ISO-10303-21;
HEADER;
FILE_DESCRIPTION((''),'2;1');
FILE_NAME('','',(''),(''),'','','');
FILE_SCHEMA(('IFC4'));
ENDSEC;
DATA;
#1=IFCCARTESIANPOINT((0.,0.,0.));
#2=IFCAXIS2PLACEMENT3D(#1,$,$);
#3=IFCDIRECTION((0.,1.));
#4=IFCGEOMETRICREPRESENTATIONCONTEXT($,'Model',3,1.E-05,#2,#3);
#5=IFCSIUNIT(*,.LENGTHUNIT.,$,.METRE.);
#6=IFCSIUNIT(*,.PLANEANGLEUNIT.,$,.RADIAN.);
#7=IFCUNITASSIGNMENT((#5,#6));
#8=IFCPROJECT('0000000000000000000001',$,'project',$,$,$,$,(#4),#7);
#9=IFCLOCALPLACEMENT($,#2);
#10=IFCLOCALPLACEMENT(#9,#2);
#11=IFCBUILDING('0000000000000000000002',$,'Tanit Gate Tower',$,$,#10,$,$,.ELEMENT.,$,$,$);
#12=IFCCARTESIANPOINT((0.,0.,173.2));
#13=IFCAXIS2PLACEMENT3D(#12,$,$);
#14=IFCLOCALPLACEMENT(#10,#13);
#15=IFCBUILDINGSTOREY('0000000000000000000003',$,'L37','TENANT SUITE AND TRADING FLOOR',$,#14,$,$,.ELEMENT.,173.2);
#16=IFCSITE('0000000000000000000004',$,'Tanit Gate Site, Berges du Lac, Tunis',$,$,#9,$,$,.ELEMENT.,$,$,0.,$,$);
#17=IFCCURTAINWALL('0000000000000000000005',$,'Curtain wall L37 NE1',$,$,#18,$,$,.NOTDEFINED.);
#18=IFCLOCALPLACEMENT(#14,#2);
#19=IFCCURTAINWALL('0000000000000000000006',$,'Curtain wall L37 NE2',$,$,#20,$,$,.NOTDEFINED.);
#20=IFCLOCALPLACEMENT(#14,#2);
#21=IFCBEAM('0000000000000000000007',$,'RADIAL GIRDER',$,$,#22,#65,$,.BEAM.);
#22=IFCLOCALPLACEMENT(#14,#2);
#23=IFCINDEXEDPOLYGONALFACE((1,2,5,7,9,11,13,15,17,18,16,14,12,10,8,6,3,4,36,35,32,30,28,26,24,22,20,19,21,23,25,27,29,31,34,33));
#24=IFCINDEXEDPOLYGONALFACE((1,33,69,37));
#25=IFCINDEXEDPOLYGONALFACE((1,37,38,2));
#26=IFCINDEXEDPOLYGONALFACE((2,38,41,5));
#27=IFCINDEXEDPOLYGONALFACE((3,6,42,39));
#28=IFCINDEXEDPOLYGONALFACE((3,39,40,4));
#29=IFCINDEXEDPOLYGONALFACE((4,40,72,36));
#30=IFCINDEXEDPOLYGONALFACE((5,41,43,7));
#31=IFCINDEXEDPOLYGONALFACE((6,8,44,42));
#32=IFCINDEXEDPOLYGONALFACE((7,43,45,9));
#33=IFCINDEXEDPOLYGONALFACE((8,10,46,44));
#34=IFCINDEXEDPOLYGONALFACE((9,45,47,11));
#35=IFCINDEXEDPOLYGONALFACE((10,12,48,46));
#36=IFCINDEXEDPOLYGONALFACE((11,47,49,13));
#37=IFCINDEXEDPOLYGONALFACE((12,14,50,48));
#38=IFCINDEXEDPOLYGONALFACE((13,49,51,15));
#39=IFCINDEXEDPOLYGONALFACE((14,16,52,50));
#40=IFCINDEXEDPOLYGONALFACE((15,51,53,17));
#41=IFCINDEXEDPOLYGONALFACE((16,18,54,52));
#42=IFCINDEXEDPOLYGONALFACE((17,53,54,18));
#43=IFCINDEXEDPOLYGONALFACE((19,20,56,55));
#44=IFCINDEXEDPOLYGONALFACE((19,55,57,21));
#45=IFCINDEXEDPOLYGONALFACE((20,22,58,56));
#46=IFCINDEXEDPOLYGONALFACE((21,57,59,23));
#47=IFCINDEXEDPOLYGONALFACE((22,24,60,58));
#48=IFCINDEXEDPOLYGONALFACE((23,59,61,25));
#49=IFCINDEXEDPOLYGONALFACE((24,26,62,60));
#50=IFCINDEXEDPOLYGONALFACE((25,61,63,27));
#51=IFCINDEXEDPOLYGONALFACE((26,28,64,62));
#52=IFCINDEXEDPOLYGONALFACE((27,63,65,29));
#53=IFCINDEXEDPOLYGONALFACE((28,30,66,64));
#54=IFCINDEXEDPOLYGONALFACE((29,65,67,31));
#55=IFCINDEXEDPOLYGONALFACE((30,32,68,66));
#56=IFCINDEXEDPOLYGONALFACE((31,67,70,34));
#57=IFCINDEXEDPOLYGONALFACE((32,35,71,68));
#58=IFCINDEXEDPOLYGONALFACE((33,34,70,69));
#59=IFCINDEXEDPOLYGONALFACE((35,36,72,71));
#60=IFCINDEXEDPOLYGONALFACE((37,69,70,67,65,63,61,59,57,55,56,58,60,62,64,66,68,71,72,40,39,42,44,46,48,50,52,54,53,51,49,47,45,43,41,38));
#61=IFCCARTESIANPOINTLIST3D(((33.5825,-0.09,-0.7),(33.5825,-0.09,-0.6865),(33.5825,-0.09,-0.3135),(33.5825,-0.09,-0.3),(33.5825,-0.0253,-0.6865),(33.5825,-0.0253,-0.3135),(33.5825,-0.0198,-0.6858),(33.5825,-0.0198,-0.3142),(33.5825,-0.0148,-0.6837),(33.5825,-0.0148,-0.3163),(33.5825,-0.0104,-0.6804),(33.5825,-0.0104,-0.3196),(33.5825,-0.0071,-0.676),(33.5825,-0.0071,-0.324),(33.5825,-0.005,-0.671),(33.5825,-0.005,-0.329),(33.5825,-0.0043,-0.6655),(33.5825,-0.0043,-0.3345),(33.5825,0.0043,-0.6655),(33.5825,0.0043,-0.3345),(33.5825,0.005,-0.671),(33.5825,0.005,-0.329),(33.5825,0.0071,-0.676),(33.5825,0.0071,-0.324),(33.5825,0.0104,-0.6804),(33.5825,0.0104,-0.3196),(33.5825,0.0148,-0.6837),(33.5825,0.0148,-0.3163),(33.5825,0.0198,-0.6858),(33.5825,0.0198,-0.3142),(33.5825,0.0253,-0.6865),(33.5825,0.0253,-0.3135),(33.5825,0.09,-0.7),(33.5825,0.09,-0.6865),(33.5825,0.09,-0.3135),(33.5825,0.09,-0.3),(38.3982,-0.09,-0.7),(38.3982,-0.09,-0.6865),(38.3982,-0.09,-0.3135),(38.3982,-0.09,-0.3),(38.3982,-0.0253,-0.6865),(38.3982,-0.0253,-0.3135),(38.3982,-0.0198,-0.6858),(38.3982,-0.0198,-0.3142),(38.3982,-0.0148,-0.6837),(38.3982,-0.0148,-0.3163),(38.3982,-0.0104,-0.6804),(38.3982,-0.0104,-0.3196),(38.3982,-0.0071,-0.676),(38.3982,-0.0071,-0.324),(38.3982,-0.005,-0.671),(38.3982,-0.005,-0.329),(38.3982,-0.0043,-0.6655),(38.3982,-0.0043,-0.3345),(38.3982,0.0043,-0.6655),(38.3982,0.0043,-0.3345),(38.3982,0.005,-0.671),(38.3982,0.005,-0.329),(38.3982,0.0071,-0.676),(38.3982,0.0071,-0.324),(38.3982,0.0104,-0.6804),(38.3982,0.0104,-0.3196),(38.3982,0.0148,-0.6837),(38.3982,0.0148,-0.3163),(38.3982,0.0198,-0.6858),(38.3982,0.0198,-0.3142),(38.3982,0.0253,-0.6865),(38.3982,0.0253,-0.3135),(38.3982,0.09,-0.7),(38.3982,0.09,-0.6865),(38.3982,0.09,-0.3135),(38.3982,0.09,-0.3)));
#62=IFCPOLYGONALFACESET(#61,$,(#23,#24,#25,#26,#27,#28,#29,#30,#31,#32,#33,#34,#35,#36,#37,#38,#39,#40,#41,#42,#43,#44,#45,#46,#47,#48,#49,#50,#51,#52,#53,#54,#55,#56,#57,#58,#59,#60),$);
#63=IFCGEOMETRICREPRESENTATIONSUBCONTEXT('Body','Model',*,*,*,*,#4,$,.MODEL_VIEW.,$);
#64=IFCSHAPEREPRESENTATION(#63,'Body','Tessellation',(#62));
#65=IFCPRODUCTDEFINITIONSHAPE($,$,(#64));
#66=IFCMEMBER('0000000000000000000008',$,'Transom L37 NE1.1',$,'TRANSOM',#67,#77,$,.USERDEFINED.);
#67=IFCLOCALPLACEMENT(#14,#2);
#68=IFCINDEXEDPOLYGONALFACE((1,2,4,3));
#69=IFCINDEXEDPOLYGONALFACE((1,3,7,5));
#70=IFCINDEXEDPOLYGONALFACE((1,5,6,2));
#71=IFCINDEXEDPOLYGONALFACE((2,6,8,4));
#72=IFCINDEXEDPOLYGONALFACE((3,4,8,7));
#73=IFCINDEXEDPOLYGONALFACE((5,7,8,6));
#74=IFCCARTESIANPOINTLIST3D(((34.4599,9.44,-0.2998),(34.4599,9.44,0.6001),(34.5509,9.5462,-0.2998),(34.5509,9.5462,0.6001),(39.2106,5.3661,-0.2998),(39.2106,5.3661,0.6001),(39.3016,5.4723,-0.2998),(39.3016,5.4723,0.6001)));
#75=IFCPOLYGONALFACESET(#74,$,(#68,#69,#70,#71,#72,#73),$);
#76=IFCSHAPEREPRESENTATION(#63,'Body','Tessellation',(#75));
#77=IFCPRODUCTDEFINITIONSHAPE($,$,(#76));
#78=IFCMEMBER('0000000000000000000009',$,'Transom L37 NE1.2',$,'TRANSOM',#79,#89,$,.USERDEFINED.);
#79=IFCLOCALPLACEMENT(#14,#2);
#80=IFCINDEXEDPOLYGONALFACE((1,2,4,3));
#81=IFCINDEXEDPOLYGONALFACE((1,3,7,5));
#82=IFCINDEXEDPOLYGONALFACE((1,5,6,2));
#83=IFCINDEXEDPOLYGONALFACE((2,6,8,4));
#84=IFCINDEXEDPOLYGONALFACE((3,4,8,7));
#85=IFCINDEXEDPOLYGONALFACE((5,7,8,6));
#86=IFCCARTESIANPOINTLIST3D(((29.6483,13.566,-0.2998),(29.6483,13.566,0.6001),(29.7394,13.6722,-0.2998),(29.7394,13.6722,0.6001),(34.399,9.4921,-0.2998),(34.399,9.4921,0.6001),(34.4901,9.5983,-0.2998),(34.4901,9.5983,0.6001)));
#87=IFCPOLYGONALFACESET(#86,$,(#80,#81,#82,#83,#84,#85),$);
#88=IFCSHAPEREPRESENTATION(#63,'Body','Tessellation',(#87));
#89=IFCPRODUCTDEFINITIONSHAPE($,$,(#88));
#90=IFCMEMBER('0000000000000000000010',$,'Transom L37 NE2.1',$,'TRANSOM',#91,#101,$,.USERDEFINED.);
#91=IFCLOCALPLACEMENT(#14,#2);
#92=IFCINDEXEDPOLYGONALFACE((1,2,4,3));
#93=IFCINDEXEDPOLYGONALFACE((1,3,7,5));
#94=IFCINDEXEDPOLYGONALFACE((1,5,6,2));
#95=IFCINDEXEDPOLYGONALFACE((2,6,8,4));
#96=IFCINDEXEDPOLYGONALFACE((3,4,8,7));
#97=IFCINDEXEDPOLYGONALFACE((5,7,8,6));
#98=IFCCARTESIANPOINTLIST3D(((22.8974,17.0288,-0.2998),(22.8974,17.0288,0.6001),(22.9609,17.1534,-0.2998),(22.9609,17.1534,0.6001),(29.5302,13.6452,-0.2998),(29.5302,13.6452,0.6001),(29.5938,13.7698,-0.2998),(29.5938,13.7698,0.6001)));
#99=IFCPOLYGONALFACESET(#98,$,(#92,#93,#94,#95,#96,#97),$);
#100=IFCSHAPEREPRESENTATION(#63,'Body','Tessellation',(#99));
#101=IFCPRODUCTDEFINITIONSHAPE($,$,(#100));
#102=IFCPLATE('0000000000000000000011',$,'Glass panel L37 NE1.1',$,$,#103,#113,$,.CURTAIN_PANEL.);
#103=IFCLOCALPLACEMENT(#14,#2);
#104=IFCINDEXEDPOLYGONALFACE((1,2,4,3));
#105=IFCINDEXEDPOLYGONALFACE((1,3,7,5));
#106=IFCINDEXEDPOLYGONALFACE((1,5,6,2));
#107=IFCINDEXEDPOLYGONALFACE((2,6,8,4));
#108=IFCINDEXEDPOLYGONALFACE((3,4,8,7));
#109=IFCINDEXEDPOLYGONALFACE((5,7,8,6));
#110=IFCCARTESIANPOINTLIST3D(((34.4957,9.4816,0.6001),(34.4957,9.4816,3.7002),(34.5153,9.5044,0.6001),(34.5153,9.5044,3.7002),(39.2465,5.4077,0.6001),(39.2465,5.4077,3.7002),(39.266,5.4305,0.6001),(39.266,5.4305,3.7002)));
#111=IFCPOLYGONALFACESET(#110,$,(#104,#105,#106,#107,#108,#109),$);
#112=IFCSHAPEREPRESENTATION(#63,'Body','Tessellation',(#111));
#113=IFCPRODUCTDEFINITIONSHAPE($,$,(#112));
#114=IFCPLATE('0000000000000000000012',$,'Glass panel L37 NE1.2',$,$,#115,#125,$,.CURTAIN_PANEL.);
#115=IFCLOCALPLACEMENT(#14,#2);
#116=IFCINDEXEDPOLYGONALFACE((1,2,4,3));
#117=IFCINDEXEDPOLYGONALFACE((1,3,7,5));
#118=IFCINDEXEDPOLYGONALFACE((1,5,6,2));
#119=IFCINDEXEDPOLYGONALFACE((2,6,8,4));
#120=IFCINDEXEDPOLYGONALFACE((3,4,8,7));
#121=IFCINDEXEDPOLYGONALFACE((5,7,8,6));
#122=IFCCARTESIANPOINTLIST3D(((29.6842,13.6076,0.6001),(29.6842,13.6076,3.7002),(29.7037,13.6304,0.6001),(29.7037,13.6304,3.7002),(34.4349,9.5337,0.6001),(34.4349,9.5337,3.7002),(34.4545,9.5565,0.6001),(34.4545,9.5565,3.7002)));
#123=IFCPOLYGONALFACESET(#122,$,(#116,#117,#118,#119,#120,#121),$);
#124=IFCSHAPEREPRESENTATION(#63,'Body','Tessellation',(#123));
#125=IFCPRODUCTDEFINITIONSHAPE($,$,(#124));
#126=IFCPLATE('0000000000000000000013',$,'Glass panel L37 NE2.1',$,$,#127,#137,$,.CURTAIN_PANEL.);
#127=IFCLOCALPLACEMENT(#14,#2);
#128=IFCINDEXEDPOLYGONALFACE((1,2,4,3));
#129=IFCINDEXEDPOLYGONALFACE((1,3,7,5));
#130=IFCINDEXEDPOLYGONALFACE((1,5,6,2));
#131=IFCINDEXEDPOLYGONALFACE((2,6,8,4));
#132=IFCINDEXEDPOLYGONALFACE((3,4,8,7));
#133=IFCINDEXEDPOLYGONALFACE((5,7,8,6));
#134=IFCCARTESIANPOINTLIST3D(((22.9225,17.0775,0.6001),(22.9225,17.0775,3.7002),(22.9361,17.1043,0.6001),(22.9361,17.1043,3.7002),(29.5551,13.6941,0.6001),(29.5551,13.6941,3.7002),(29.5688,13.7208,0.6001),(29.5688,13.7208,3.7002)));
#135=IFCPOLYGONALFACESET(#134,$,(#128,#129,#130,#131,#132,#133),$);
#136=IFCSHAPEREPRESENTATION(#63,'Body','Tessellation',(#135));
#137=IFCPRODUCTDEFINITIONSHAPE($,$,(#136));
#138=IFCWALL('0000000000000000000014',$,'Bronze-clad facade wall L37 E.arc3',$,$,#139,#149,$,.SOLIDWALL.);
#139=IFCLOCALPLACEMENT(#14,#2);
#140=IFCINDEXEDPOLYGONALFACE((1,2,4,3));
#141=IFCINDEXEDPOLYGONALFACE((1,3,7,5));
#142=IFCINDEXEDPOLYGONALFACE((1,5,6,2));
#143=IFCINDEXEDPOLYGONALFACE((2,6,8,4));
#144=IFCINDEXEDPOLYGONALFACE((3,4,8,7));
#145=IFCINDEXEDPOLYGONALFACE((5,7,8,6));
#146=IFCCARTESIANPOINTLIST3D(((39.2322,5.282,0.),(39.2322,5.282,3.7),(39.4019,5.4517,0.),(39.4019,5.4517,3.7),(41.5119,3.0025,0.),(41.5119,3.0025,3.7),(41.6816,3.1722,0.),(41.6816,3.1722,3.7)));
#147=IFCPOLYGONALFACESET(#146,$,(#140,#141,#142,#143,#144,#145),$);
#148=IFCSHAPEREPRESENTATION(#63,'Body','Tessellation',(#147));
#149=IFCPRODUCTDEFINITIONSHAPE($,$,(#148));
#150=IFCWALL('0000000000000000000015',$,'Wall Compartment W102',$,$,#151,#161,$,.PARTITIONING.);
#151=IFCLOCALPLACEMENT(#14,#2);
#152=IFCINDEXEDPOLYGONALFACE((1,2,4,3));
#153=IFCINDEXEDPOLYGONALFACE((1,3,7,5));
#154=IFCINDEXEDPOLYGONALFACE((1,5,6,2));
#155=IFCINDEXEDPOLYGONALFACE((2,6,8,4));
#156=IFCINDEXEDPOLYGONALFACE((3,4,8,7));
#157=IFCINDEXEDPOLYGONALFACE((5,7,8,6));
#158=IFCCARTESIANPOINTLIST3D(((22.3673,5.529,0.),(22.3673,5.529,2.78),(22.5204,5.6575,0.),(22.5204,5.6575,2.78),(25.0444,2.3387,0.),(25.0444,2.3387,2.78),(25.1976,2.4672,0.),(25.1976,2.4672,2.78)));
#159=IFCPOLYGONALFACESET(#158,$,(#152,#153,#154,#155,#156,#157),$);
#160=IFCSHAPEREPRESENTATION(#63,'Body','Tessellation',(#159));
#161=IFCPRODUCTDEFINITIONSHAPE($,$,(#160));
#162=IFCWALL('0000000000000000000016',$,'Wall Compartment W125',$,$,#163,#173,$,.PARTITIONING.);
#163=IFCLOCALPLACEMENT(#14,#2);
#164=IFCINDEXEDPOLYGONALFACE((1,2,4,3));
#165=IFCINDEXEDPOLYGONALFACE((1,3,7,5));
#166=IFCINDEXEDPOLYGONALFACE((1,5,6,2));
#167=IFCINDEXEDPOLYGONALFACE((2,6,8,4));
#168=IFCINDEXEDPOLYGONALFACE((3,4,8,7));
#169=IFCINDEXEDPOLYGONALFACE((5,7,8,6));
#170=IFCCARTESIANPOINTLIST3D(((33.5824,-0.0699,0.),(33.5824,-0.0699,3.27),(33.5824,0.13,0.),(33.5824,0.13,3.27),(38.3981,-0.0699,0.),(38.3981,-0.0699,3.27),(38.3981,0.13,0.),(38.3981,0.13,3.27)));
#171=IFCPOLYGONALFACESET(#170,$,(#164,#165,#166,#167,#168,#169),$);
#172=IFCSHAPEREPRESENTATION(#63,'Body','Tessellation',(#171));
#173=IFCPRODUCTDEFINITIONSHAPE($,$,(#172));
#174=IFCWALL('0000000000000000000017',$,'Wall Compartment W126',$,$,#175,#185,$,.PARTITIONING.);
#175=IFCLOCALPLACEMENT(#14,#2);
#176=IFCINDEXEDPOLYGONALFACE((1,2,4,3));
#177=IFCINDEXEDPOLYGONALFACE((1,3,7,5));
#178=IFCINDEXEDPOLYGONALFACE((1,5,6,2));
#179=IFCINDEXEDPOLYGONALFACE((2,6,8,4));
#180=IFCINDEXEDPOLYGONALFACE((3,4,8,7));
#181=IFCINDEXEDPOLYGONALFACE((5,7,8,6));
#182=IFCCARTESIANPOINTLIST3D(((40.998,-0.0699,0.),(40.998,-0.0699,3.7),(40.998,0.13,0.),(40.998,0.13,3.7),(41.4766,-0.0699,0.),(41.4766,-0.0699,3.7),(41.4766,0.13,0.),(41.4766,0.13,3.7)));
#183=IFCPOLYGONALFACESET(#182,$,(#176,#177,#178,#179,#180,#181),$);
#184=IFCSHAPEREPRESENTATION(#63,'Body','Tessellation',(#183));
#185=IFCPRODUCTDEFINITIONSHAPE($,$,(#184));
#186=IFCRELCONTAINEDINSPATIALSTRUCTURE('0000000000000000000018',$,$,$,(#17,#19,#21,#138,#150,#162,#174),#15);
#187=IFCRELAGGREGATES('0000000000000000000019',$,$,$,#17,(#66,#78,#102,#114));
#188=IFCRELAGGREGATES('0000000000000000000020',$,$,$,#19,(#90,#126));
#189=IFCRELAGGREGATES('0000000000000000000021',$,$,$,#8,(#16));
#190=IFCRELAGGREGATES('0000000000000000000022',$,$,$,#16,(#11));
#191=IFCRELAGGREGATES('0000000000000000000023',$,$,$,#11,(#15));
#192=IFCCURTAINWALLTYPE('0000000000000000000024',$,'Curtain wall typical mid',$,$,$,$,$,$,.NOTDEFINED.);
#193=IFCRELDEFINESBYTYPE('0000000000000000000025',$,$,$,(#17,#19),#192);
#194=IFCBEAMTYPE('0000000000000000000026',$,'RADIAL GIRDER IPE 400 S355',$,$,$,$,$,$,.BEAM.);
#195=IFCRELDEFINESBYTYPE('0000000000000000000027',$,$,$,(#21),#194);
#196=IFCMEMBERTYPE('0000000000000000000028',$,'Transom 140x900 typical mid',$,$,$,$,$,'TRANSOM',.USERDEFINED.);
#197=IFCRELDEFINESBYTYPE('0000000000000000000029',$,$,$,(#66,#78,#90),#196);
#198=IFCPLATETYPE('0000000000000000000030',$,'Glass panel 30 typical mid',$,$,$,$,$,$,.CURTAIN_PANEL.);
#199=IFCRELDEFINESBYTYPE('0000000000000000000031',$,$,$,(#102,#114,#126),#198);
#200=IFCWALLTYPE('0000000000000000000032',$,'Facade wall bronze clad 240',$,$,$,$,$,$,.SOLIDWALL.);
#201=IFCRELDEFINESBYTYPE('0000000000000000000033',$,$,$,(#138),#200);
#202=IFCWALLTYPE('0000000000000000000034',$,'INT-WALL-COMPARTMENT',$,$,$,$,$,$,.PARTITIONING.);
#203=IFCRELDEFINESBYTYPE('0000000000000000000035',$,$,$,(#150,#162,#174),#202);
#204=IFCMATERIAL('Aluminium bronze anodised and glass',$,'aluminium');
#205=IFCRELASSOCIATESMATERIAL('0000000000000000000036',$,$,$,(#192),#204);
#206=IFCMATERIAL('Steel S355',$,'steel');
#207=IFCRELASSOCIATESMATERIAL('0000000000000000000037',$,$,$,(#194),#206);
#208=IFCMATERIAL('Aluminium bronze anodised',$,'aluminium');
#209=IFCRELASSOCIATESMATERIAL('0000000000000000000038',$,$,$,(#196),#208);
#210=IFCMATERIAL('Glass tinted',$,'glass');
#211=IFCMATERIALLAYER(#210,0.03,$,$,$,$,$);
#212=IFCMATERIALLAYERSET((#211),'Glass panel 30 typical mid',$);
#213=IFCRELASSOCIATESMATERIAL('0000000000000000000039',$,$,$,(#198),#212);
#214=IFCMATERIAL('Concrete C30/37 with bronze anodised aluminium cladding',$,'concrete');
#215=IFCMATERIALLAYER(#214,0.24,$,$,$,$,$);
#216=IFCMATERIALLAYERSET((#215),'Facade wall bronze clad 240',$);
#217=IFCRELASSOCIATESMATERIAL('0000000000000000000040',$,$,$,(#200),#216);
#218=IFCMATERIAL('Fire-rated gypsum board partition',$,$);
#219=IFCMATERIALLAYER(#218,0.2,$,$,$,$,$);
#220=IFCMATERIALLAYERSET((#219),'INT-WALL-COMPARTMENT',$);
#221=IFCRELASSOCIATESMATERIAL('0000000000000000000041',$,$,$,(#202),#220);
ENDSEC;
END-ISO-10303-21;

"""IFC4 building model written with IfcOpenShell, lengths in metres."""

from ifc_helpers import new_model, si_unit, direction, frame, frame_2d, origin, origin_2d, place, context, subcontext, project, spatial, rectangle, i_section, extrude, material, layer, layer_set, material_profile, profile_set, type_object, element, aggregate, save


model = new_model("IFC4")

# Units and contexts
model_context = context("Model", 3, precision=1e-05, world=origin(), true_north=direction((0.0, 1.0)))
body_context = subcontext(model_context, "Body", "Model", "MODEL_VIEW")
ifc_project = project(units=[si_unit("LENGTHUNIT", "METRE"), si_unit("PLANEANGLEUNIT", "RADIAN")], contexts=[model_context])

# Site, building, storey
site_placement = place(None, origin())
site = spatial("IfcSite", under=ifc_project, at=site_placement, Name="Tanit Gate Site, Berges du Lac, Tunis", CompositionType="ELEMENT", RefElevation=0.0)
building_placement = place(site_placement, origin())
building = spatial("IfcBuilding", under=site, at=building_placement, Name="Tanit Gate Tower", CompositionType="ELEMENT")
storey_placement = place(building_placement, frame((0.0, 0.0, 173.2)))
storey = spatial("IfcBuildingStorey", under=building, at=storey_placement, Name="L37", Description="TENANT SUITE AND TRADING FLOOR", CompositionType="ELEMENT", Elevation=173.2)

# Curtain walls
ifc_material_1 = material(Name="Aluminium bronze anodised and glass", Category="aluminium")
curtain_wall_type = type_object("IfcCurtainWallType", Name="Curtain wall typical mid", PredefinedType="NOTDEFINED", material=ifc_material_1)
curtain_wall_1_placement = place(storey_placement, origin())
curtain_wall_1 = element("IfcCurtainWall", 1, at=curtain_wall_1_placement, inside=storey, type_object=curtain_wall_type, Name="Curtain wall L37 NE1", PredefinedType="NOTDEFINED")
curtain_wall_2_placement = place(storey_placement, origin())
curtain_wall_2 = element("IfcCurtainWall", 2, at=curtain_wall_2_placement, inside=storey, type_object=curtain_wall_type, Name="Curtain wall L37 NE2", PredefinedType="NOTDEFINED")

# Beam
ifc_material_2 = material(Name="Steel S355", Category="steel")
ifc_material_profile_1 = material_profile(ifc_material_2, i_section(OverallWidth=0.1799, OverallDepth=0.3999, WebThickness=0.0085, FlangeThickness=0.0134, FilletRadius=0.021, at=origin_2d()), Name="IPE 400")
ifc_profile_set_1 = profile_set([ifc_material_profile_1], Name="Steel S355")
beam_type_1 = type_object("IfcBeamType", Name="RADIAL GIRDER IPE 400 S355", PredefinedType="BEAM", material=ifc_profile_set_1)
beam_1_placement = place(storey_placement, frame((38.3982, 0.0, -0.5), z_axis=(-1.0, 0.0, 0.0), x_axis=(0.0, -1.0, 0.0)))
element("IfcBeam", 3, at=beam_1_placement, inside=storey, type_object=beam_type_1, Name="RADIAL GIRDER", PredefinedType="BEAM", context=body_context, shape_type="SweptSolid", body=[
    extrude(i_section(OverallWidth=0.1799, OverallDepth=0.3999, WebThickness=0.0085, FlangeThickness=0.0134, FilletRadius=0.021, at=origin_2d()), origin(), (0.0, 0.0, 1.0), 4.8157),
])

# Members
ifc_material_3 = material(Name="Aluminium bronze anodised", Category="aluminium")
ifc_material_profile_2 = material_profile(ifc_material_3, rectangle(XDim=0.1399, YDim=0.8999, at=origin_2d()), Name="140x900 bronze transom")
ifc_profile_set_2 = profile_set([ifc_material_profile_2], Name="Aluminium bronze anodised")
member_type_1 = type_object("IfcMemberType", Name="Transom 140x900 typical mid", ElementType="TRANSOM", PredefinedType="USERDEFINED", material=ifc_profile_set_2)
member_1_placement = place(storey_placement, frame((39.2561, 5.4192, 0.1501), z_axis=(-0.759105, 0.650968, 0.0), x_axis=(-0.650968, -0.759105, 0.0)))
member_1 = element("IfcMember", 4, at=member_1_placement, type_object=member_type_1, Name="Transom L37 NE1.1", ObjectType="TRANSOM", PredefinedType="USERDEFINED", context=body_context, shape_type="SweptSolid", body=[
    extrude(rectangle(XDim=0.1399, YDim=0.8999, at=origin_2d()), origin(), (0.0, 0.0, 1.0), 6.2583),
])
member_2_placement = place(storey_placement, frame((34.4446, 9.5452, 0.1501), z_axis=(-0.759105, 0.650968, 0.0), x_axis=(-0.650968, -0.759105, 0.0)))
member_2 = element("IfcMember", 5, at=member_2_placement, type_object=member_type_1, Name="Transom L37 NE1.2", ObjectType="TRANSOM", PredefinedType="USERDEFINED", context=body_context, shape_type="SweptSolid", body=[
    extrude(rectangle(XDim=0.1399, YDim=0.8999, at=origin_2d()), origin(), (0.0, 0.0, 1.0), 6.2583),
])
member_3_placement = place(storey_placement, frame((29.562, 13.7075, 0.1501), z_axis=(-0.890791, 0.454412, 0.0), x_axis=(-0.454412, -0.890791, 0.0)))
member_3 = element("IfcMember", 6, at=member_3_placement, type_object=member_type_1, Name="Transom L37 NE2.1", ObjectType="TRANSOM", PredefinedType="USERDEFINED", context=body_context, shape_type="SweptSolid", body=[
    extrude(rectangle(XDim=0.1399, YDim=0.8999, at=origin_2d()), origin(), (0.0, 0.0, 1.0), 7.446),
])

# Plates
ifc_material_4 = material(Name="Glass tinted", Category="glass")
ifc_layer_1 = layer(ifc_material_4, 0.03)
ifc_layer_set_1 = layer_set([ifc_layer_1], Name="Glass panel 30 typical mid")
plate_type = type_object("IfcPlateType", Name="Glass panel 30 typical mid", PredefinedType="CURTAIN_PANEL", material=ifc_layer_set_1)
plate_1_placement = place(storey_placement, frame((36.8809, 7.4561, 0.6001), z_axis=(0.0, 0.0, 1.0), x_axis=(-0.759109, 0.650963, 0.0)))
plate_1 = element("IfcPlate", 7, at=plate_1_placement, type_object=plate_type, Name="Glass panel L37 NE1.1", PredefinedType="CURTAIN_PANEL", context=body_context, shape_type="SweptSolid", body=[
    extrude(rectangle(XDim=6.2583, YDim=0.03, at=origin_2d()), origin(), (0.0, 0.0, 1.0), 3.1001),
])
plate_2_placement = place(storey_placement, frame((32.0693, 11.582, 0.6001), z_axis=(0.0, 0.0, 1.0), x_axis=(-0.759109, 0.650963, 0.0)))
plate_2 = element("IfcPlate", 8, at=plate_2_placement, type_object=plate_type, Name="Glass panel L37 NE1.2", PredefinedType="CURTAIN_PANEL", context=body_context, shape_type="SweptSolid", body=[
    extrude(rectangle(XDim=6.2583, YDim=0.03, at=origin_2d()), origin(), (0.0, 0.0, 1.0), 3.1001),
])
aggregate(curtain_wall_1, [member_1, member_2, plate_1, plate_2])
plate_3_placement = place(storey_placement, frame((26.2456, 15.3992, 0.6001), z_axis=(0.0, 0.0, 1.0), x_axis=(-0.890792, 0.454411, 0.0)))
plate_3 = element("IfcPlate", 9, at=plate_3_placement, type_object=plate_type, Name="Glass panel L37 NE2.1", PredefinedType="CURTAIN_PANEL", context=body_context, shape_type="SweptSolid", body=[
    extrude(rectangle(XDim=7.4458, YDim=0.03, at=origin_2d()), origin(), (0.0, 0.0, 1.0), 3.1001),
])
aggregate(curtain_wall_2, [member_3, plate_3])

# Walls
ifc_material_5 = material(Name="Concrete C30/37 with bronze anodised aluminium cladding", Category="concrete")
ifc_layer_2 = layer(ifc_material_5, 0.24)
ifc_layer_set_2 = layer_set([ifc_layer_2], Name="Facade wall bronze clad 240")
wall_type_1 = type_object("IfcWallType", Name="Facade wall bronze clad 240", PredefinedType="SOLIDWALL", material=ifc_layer_set_2)
wall_1_placement = place(storey_placement, frame((41.5967, 3.0874, 0.0), z_axis=(0.0, 0.0, 1.0), x_axis=(-0.707145, 0.707069, 0.0)))
element("IfcWall", 10, at=wall_1_placement, inside=storey, type_object=wall_type_1, Name="Bronze-clad facade wall L37 E.arc3", PredefinedType="SOLIDWALL", context=body_context, shape_type="SweptSolid", body=[
    extrude(rectangle(XDim=3.2239, YDim=0.24, at=frame_2d((1.6118, 0.0))), origin(), (0.0, 0.0, 1.0), 3.7),
])
ifc_material_6 = material(Name="Fire-rated gypsum board partition")
ifc_layer_3 = layer(ifc_material_6, 0.2)
ifc_layer_set_3 = layer_set([ifc_layer_3], Name="INT-WALL-COMPARTMENT")
wall_type_2 = type_object("IfcWallType", Name="INT-WALL-COMPARTMENT", PredefinedType="PARTITIONING", material=ifc_layer_set_3)
wall_2_placement = place(storey_placement, frame((25.1211, 2.4028, 0.0), z_axis=(0.0, 0.0, 1.0), x_axis=(-0.64281, 0.766026, 0.0)))
element("IfcWall", 11, at=wall_2_placement, inside=storey, type_object=wall_type_2, Name="Wall Compartment W102", PredefinedType="PARTITIONING", context=body_context, shape_type="SweptSolid", body=[
    extrude(rectangle(XDim=4.1648, YDim=0.2, at=frame_2d((2.0825, 0.0))), origin(), (0.0, 0.0, 1.0), 2.78),
])
wall_3_placement = place(storey_placement, frame((33.5825, 0.03, 0.0), z_axis=(0.0, 0.0, 1.0), x_axis=(1.0, 0.0, 0.0)))
element("IfcWall", 12, at=wall_3_placement, inside=storey, type_object=wall_type_2, Name="Wall Compartment W125", PredefinedType="PARTITIONING", context=body_context, shape_type="SweptSolid", body=[
    extrude(rectangle(XDim=4.8157, YDim=0.2, at=frame_2d((2.4077, 0.0))), origin(), (0.0, 0.0, 1.0), 3.27),
])
wall_4_placement = place(storey_placement, frame((40.998, 0.03, 0.0), z_axis=(0.0, 0.0, 1.0), x_axis=(1.0, 0.0, 0.0)))
element("IfcWall", 13, at=wall_4_placement, inside=storey, type_object=wall_type_2, Name="Wall Compartment W126", PredefinedType="PARTITIONING", context=body_context, shape_type="SweptSolid", body=[
    extrude(rectangle(XDim=0.4785, YDim=0.2, at=frame_2d((0.2393, 0.0))), origin(), (0.0, 0.0, 1.0), 3.7),
])

save(model, "model.ifc")
